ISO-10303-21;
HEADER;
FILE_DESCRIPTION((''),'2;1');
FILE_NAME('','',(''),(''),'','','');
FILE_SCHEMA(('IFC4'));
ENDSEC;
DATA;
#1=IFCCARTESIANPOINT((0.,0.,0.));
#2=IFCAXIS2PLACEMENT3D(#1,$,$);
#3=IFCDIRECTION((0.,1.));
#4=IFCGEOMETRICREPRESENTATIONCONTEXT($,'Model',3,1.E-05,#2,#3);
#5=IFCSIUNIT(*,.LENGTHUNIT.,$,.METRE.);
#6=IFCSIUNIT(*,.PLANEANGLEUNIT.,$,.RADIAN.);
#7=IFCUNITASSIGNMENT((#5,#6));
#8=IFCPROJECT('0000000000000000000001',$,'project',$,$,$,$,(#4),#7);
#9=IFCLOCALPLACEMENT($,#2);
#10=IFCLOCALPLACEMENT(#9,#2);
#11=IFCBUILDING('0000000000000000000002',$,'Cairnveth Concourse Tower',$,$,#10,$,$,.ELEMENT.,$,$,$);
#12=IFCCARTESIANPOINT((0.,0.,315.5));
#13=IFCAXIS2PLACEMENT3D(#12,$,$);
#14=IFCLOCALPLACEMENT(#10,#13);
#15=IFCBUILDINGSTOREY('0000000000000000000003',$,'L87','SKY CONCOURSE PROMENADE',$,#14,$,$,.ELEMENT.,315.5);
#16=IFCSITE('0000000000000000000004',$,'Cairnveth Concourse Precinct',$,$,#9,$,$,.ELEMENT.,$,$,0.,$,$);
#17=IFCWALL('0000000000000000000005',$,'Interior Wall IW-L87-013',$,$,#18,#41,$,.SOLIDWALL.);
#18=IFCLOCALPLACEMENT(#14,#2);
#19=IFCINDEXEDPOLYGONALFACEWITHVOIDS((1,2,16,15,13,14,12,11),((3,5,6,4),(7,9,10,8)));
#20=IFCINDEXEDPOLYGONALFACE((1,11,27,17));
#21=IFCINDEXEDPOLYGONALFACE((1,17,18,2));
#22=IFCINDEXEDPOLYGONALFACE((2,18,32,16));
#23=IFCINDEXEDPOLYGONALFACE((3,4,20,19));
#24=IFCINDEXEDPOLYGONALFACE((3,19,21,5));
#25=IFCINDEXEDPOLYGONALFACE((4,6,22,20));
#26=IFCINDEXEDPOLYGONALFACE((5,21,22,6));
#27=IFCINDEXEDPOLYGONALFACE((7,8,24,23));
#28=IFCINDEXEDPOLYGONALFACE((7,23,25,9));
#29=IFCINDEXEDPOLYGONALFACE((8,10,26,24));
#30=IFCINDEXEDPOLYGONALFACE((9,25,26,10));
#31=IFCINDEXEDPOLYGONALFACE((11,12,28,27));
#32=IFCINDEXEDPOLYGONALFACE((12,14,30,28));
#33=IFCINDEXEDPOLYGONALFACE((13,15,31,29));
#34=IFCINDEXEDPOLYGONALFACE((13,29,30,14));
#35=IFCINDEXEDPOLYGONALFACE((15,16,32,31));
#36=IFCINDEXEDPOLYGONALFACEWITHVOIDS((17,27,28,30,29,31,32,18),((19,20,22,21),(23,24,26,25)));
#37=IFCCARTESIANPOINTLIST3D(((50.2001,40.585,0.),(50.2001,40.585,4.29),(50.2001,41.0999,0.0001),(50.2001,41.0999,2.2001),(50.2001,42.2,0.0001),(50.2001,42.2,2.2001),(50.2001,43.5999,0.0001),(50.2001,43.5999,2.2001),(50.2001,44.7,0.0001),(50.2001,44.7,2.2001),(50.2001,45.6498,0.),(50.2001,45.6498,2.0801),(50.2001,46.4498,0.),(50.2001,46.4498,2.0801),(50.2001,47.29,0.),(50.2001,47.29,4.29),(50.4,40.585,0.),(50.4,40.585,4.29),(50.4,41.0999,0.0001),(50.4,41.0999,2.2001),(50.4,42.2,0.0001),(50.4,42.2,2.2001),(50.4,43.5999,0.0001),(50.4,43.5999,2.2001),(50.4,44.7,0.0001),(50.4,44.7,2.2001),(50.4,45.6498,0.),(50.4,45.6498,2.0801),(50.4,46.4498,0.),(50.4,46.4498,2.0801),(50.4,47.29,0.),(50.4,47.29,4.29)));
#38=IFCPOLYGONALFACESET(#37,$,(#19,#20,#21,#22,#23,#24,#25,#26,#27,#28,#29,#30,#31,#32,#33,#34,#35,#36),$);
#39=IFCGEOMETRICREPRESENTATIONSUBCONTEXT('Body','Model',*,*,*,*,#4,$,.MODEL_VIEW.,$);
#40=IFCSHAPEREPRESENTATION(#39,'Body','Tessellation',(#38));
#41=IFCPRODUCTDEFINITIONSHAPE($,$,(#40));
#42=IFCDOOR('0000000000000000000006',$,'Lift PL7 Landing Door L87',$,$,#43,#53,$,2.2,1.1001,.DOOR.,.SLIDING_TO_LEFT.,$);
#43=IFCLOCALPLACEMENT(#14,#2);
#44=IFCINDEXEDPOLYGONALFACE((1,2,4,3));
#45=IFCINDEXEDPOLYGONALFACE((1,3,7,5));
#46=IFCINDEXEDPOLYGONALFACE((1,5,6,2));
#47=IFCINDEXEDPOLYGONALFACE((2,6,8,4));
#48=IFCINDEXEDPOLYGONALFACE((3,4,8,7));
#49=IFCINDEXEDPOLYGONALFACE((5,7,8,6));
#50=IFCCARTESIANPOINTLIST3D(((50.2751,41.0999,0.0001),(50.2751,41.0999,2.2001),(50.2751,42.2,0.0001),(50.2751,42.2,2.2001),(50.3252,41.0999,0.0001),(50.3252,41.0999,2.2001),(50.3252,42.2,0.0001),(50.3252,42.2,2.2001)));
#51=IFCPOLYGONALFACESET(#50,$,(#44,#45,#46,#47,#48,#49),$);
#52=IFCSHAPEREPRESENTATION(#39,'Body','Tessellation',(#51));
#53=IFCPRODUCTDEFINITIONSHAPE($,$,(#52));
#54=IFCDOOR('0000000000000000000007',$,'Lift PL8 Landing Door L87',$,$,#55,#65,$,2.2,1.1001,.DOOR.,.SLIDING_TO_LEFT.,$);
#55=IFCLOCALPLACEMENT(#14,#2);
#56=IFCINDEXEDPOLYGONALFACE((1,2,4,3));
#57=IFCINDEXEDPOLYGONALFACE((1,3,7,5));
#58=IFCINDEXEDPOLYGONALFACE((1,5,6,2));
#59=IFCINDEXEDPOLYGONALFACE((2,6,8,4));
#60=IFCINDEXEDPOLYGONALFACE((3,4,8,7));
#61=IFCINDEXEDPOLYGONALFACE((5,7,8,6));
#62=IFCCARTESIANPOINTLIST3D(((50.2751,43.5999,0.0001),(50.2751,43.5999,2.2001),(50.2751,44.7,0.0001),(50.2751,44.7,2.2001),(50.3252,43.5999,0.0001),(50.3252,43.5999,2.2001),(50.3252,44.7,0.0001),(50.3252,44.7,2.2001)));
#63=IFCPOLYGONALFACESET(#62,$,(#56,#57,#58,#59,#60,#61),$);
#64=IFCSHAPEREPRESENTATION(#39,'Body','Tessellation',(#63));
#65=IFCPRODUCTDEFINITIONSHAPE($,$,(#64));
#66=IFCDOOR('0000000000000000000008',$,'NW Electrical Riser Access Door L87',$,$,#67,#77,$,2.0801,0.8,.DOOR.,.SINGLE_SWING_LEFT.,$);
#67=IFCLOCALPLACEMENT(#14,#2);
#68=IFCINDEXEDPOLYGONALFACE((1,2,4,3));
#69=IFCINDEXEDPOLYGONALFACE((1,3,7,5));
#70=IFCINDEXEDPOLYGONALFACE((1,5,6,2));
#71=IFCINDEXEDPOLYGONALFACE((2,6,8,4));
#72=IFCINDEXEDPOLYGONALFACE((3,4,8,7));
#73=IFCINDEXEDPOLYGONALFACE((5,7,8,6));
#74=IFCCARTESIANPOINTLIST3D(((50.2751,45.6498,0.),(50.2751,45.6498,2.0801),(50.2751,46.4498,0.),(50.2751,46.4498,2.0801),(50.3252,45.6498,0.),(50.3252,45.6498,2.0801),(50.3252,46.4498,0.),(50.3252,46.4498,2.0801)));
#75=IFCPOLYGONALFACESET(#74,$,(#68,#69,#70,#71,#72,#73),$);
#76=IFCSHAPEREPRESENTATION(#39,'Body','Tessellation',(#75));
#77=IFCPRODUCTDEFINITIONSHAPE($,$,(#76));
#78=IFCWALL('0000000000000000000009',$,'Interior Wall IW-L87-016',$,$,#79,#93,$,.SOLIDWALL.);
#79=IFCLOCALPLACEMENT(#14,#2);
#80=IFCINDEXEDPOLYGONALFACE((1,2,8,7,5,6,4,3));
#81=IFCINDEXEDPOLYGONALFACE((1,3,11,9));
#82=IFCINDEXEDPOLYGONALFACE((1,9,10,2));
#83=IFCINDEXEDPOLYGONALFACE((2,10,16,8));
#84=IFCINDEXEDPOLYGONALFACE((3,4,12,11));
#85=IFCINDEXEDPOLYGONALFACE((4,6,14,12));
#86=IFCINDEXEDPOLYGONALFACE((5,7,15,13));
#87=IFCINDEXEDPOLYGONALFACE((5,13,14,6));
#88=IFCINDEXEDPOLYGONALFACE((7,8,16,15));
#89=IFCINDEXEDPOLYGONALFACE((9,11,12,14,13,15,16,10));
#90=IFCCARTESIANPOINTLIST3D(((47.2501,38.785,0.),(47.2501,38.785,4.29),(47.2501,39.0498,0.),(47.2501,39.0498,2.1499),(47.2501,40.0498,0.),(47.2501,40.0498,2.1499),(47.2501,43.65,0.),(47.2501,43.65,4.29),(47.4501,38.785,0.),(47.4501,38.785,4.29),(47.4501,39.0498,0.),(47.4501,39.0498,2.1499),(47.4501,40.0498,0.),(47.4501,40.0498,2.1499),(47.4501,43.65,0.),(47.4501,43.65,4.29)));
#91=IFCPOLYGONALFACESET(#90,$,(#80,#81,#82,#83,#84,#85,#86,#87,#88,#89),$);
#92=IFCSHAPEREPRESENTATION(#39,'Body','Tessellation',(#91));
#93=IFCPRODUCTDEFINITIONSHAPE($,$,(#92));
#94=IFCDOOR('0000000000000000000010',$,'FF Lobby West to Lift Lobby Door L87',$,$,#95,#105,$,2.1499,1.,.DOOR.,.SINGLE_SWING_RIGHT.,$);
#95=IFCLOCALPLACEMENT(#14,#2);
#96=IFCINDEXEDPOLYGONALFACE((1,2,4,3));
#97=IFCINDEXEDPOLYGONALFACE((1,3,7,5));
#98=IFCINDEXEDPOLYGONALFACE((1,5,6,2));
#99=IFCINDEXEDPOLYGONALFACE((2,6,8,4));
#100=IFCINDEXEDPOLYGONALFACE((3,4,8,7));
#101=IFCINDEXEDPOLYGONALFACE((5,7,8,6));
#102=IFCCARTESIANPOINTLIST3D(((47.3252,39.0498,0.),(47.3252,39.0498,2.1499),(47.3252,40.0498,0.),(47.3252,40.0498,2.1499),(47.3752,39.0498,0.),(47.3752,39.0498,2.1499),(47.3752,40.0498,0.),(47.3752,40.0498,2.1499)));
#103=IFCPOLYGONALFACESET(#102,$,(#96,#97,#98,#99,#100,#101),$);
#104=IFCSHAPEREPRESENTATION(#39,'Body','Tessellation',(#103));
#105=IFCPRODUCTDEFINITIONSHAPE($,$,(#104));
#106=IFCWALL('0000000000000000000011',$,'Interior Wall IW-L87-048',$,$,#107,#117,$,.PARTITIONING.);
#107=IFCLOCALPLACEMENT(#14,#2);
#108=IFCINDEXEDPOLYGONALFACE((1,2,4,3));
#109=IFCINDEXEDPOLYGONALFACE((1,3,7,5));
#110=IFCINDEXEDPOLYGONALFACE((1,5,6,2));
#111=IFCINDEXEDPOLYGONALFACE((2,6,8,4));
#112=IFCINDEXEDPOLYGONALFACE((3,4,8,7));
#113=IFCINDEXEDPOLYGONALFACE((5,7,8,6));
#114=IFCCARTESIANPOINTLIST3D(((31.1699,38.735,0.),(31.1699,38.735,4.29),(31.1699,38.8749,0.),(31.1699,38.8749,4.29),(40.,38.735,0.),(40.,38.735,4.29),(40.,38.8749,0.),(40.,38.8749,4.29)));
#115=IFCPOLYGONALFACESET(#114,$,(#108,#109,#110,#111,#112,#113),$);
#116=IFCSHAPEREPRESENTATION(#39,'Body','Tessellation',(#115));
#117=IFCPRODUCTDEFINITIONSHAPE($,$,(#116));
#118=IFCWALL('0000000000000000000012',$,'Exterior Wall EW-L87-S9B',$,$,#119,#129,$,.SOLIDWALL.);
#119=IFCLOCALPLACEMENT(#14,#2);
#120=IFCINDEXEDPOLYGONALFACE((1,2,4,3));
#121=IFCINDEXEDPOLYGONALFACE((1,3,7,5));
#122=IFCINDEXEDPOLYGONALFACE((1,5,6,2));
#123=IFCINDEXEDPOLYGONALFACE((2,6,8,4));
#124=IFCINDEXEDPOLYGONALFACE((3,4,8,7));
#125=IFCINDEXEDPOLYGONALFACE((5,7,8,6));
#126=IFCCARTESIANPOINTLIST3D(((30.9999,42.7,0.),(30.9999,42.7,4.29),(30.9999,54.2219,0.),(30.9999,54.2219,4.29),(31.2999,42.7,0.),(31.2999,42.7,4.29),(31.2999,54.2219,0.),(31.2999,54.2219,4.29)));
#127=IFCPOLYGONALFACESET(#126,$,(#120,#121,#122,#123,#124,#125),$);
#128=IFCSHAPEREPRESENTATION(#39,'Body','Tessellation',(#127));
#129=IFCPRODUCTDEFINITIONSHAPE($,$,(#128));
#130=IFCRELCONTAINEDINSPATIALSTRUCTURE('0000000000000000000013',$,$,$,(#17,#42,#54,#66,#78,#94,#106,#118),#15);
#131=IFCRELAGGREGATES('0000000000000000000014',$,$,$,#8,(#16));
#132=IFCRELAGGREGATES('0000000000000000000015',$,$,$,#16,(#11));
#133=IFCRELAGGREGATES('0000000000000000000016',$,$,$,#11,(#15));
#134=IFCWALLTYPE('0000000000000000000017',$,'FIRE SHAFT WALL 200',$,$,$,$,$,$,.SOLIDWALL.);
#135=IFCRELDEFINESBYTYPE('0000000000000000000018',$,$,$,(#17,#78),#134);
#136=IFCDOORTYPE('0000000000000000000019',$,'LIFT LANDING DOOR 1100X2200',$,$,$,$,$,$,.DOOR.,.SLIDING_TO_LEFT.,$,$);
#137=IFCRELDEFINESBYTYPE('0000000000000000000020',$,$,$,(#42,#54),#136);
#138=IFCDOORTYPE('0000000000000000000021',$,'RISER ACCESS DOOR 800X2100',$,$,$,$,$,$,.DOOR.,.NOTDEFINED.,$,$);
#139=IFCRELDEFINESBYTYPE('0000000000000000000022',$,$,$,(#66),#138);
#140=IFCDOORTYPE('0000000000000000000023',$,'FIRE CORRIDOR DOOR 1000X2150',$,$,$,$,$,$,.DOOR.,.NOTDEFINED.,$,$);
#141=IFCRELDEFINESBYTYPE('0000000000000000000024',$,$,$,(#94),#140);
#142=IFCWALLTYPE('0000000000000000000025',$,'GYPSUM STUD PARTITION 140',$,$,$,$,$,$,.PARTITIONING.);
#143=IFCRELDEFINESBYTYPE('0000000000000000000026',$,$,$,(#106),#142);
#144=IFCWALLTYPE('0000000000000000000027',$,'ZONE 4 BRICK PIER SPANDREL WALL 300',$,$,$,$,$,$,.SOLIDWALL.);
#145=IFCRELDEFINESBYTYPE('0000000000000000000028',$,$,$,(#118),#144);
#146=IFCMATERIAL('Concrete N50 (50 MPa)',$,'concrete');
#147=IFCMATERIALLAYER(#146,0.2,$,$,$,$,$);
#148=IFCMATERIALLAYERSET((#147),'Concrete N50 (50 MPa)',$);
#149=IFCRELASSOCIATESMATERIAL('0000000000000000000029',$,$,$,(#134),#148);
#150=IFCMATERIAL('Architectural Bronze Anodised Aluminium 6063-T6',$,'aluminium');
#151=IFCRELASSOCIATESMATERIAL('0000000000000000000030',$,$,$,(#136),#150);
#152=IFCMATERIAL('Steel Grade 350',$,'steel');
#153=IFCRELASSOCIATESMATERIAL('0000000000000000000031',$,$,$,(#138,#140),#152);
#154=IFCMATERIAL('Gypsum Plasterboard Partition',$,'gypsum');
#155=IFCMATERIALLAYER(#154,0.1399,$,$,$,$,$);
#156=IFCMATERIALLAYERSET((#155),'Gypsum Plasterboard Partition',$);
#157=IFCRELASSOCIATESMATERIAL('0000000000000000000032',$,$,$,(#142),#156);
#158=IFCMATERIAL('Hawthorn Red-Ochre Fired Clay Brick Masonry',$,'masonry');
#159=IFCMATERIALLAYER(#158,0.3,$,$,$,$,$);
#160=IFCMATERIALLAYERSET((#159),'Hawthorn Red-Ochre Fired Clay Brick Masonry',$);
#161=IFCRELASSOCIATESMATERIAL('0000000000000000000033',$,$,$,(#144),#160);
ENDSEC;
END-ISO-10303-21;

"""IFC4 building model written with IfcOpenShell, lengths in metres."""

from ifc_helpers import new_model, si_unit, direction, frame, frame_2d, origin, place, context, subcontext, project, spatial, rectangle, extrude, material, layer, layer_set, type_object, element, fill, save


model = new_model("IFC4")

# Units and contexts
model_context = context("Model", 3, precision=1e-05, world=origin(), true_north=direction((0.0, 1.0)))
body_context = subcontext(model_context, "Body", "Model", "MODEL_VIEW")
ifc_project = project(units=[si_unit("LENGTHUNIT", "METRE"), si_unit("PLANEANGLEUNIT", "RADIAN")], contexts=[model_context])

# Site, building, storey
site_placement = place(None, origin())
site = spatial("IfcSite", under=ifc_project, at=site_placement, Name="Cairnveth Concourse Precinct", CompositionType="ELEMENT", RefElevation=0.0)
building_placement = place(site_placement, origin())
building = spatial("IfcBuilding", under=site, at=building_placement, Name="Cairnveth Concourse Tower", CompositionType="ELEMENT")
storey_placement = place(building_placement, frame((0.0, 0.0, 315.5)))
storey = spatial("IfcBuildingStorey", under=building, at=storey_placement, Name="L87", Description="SKY CONCOURSE PROMENADE", CompositionType="ELEMENT", Elevation=315.5)

# Shared definitions
ifc_material_1 = material(Name="Architectural Bronze Anodised Aluminium 6063-T6", Category="aluminium")

# Shared definitions
ifc_material_2 = material(Name="Concrete N50 (50 MPa)", Category="concrete")
ifc_material_3 = material(Name="Steel Grade 350", Category="steel")

# Shared definitions
ifc_layer_1 = layer(ifc_material_2, 0.2)
ifc_layer_set_1 = layer_set([ifc_layer_1], Name="Concrete N50 (50 MPa)")
wall_type_1 = type_object("IfcWallType", Name="FIRE SHAFT WALL 200", PredefinedType="SOLIDWALL", material=ifc_layer_set_1)

# Wall, openings, doors
wall_1_placement = place(storey_placement, frame((50.3, 40.585, 0.0), z_axis=(0.0, 0.0, 1.0), x_axis=(0.0, 1.0, 0.0)))
wall_1 = element("IfcWall", 1, at=wall_1_placement, inside=storey, type_object=wall_type_1, Name="Interior Wall IW-L87-013", PredefinedType="SOLIDWALL", context=body_context, shape_type="SweptSolid", body=[
    extrude(rectangle(XDim=6.7051, YDim=0.2, at=frame_2d((3.3525, 0.0))), origin(), (0.0, 0.0, 1.0), 4.29),
])
opening_1_placement = place(wall_1_placement, frame((0.5149, 0.0, 0.0)))
opening_1 = element("IfcOpeningElement", 2, at=opening_1_placement, cuts=wall_1, PredefinedType="OPENING", context=body_context, shape_type="SweptSolid", body=[
    extrude(rectangle(XDim=1.1001, YDim=2.2, at=frame_2d((0.55, 1.1001))), frame((0.0, 0.1099, 0.0), z_axis=(0.0, -1.0, 0.0), x_axis=(1.0, 0.0, 0.0)), (0.0, 0.0, 1.0), 0.22),
])
opening_2_placement = place(wall_1_placement, frame((3.0149, 0.0, 0.0)))
opening_2 = element("IfcOpeningElement", 3, at=opening_2_placement, cuts=wall_1, PredefinedType="OPENING", context=body_context, shape_type="SweptSolid", body=[
    extrude(rectangle(XDim=1.1001, YDim=2.2, at=frame_2d((0.55, 1.1001))), frame((0.0, 0.1099, 0.0), z_axis=(0.0, -1.0, 0.0), x_axis=(1.0, 0.0, 0.0)), (0.0, 0.0, 1.0), 0.22),
])
opening_3_placement = place(wall_1_placement, frame((5.0649, 0.0, 0.0)))
opening_3 = element("IfcOpeningElement", 4, at=opening_3_placement, cuts=wall_1, PredefinedType="OPENING", context=body_context, shape_type="SweptSolid", body=[
    extrude(rectangle(XDim=0.8, YDim=2.0801, at=frame_2d((0.3999, 1.04))), frame((0.0, 0.1099, 0.0), z_axis=(0.0, -1.0, 0.0), x_axis=(1.0, 0.0, 0.0)), (0.0, 0.0, 1.0), 0.22),
])
door_type_1 = type_object("IfcDoorType", Name="LIFT LANDING DOOR 1100X2200", OperationType="SLIDING_TO_LEFT", PredefinedType="DOOR", material=ifc_material_1)
door_1_placement = place(opening_1_placement, origin())
door_1 = element("IfcDoor", 5, at=door_1_placement, inside=storey, type_object=door_type_1, Name="Lift PL7 Landing Door L87", OperationType="SLIDING_TO_LEFT", OverallHeight=2.2, OverallWidth=1.1001, PredefinedType="DOOR", context=body_context, shape_type="SweptSolid", body=[
    extrude(rectangle(XDim=1.1001, YDim=2.2, at=frame_2d((0.55, 1.1001))), frame((0.0, 0.0249, 0.0), z_axis=(0.0, -1.0, 0.0), x_axis=(1.0, 0.0, 0.0)), (0.0, 0.0, 1.0), 0.05),
])
fill(opening_1, door_1)
door_2_placement = place(opening_2_placement, origin())
door_2 = element("IfcDoor", 6, at=door_2_placement, inside=storey, type_object=door_type_1, Name="Lift PL8 Landing Door L87", OperationType="SLIDING_TO_LEFT", OverallHeight=2.2, OverallWidth=1.1001, PredefinedType="DOOR", context=body_context, shape_type="SweptSolid", body=[
    extrude(rectangle(XDim=1.1001, YDim=2.2, at=frame_2d((0.55, 1.1001))), frame((0.0, 0.0249, 0.0), z_axis=(0.0, -1.0, 0.0), x_axis=(1.0, 0.0, 0.0)), (0.0, 0.0, 1.0), 0.05),
])
fill(opening_2, door_2)
door_type_2 = type_object("IfcDoorType", Name="RISER ACCESS DOOR 800X2100", OperationType="NOTDEFINED", PredefinedType="DOOR", material=ifc_material_3)
door_3_placement = place(opening_3_placement, origin())
door_3 = element("IfcDoor", 7, at=door_3_placement, inside=storey, type_object=door_type_2, Name="NW Electrical Riser Access Door L87", OperationType="SINGLE_SWING_LEFT", OverallHeight=2.0801, OverallWidth=0.8, PredefinedType="DOOR", context=body_context, shape_type="SweptSolid", body=[
    extrude(rectangle(XDim=0.8, YDim=2.0801, at=frame_2d((0.3999, 1.04))), frame((0.0, 0.0249, 0.0), z_axis=(0.0, -1.0, 0.0), x_axis=(1.0, 0.0, 0.0)), (0.0, 0.0, 1.0), 0.05),
])
fill(opening_3, door_3)

# Wall, opening, door
wall_2_placement = place(storey_placement, frame((47.3501, 38.7849, 0.0), z_axis=(0.0, 0.0, 1.0), x_axis=(0.0, 1.0, 0.0)))
wall_2 = element("IfcWall", 8, at=wall_2_placement, inside=storey, type_object=wall_type_1, Name="Interior Wall IW-L87-016", PredefinedType="SOLIDWALL", context=body_context, shape_type="SweptSolid", body=[
    extrude(rectangle(XDim=4.865, YDim=0.2, at=frame_2d((2.4326, 0.0))), origin(), (0.0, 0.0, 1.0), 4.29),
])
opening_4_placement = place(wall_2_placement, frame((0.2649, 0.0, 0.0)))
opening_4 = element("IfcOpeningElement", 9, at=opening_4_placement, cuts=wall_2, PredefinedType="OPENING", context=body_context, shape_type="SweptSolid", body=[
    extrude(rectangle(XDim=1.0, YDim=2.1499, at=frame_2d((0.5, 1.075))), frame((0.0, 0.1099, 0.0), z_axis=(0.0, -1.0, 0.0), x_axis=(1.0, 0.0, 0.0)), (0.0, 0.0, 1.0), 0.22),
])
door_type_3 = type_object("IfcDoorType", Name="FIRE CORRIDOR DOOR 1000X2150", OperationType="NOTDEFINED", PredefinedType="DOOR", material=ifc_material_3)
door_4_placement = place(opening_4_placement, origin())
door_4 = element("IfcDoor", 10, at=door_4_placement, inside=storey, type_object=door_type_3, Name="FF Lobby West to Lift Lobby Door L87", OperationType="SINGLE_SWING_RIGHT", OverallHeight=2.1499, OverallWidth=1.0, PredefinedType="DOOR", context=body_context, shape_type="SweptSolid", body=[
    extrude(rectangle(XDim=1.0, YDim=2.1499, at=frame_2d((0.5, 1.075))), frame((0.0, 0.0249, 0.0), z_axis=(0.0, -1.0, 0.0), x_axis=(1.0, 0.0, 0.0)), (0.0, 0.0, 1.0), 0.05),
])
fill(opening_4, door_4)

# Walls
ifc_material_4 = material(Name="Gypsum Plasterboard Partition", Category="gypsum")
ifc_layer_2 = layer(ifc_material_4, 0.1399)
ifc_layer_set_2 = layer_set([ifc_layer_2], Name="Gypsum Plasterboard Partition")
wall_type_2 = type_object("IfcWallType", Name="GYPSUM STUD PARTITION 140", PredefinedType="PARTITIONING", material=ifc_layer_set_2)
wall_3_placement = place(storey_placement, frame((31.1699, 38.8049, 0.0), z_axis=(0.0, 0.0, 1.0), x_axis=(1.0, 0.0, 0.0)))
element("IfcWall", 11, at=wall_3_placement, inside=storey, type_object=wall_type_2, Name="Interior Wall IW-L87-048", PredefinedType="PARTITIONING", context=body_context, shape_type="SweptSolid", body=[
    extrude(rectangle(XDim=8.8301, YDim=0.1399, at=frame_2d((4.415, 0.0))), origin(), (0.0, 0.0, 1.0), 4.29),
])
ifc_material_5 = material(Name="Hawthorn Red-Ochre Fired Clay Brick Masonry", Category="masonry")
ifc_layer_3 = layer(ifc_material_5, 0.3)
ifc_layer_set_3 = layer_set([ifc_layer_3], Name="Hawthorn Red-Ochre Fired Clay Brick Masonry")
wall_type_3 = type_object("IfcWallType", Name="ZONE 4 BRICK PIER SPANDREL WALL 300", PredefinedType="SOLIDWALL", material=ifc_layer_set_3)
wall_4_placement = place(storey_placement, frame((31.1499, 42.7, 0.0), z_axis=(0.0, 0.0, 1.0), x_axis=(0.0, 1.0, 0.0)))
element("IfcWall", 12, at=wall_4_placement, inside=storey, type_object=wall_type_3, Name="Exterior Wall EW-L87-S9B", PredefinedType="SOLIDWALL", context=body_context, shape_type="SweptSolid", body=[
    extrude(rectangle(XDim=11.522, YDim=0.3, at=frame_2d((5.761, 0.0))), origin(), (0.0, 0.0, 1.0), 4.29),
])

save(model, "model.ifc")
